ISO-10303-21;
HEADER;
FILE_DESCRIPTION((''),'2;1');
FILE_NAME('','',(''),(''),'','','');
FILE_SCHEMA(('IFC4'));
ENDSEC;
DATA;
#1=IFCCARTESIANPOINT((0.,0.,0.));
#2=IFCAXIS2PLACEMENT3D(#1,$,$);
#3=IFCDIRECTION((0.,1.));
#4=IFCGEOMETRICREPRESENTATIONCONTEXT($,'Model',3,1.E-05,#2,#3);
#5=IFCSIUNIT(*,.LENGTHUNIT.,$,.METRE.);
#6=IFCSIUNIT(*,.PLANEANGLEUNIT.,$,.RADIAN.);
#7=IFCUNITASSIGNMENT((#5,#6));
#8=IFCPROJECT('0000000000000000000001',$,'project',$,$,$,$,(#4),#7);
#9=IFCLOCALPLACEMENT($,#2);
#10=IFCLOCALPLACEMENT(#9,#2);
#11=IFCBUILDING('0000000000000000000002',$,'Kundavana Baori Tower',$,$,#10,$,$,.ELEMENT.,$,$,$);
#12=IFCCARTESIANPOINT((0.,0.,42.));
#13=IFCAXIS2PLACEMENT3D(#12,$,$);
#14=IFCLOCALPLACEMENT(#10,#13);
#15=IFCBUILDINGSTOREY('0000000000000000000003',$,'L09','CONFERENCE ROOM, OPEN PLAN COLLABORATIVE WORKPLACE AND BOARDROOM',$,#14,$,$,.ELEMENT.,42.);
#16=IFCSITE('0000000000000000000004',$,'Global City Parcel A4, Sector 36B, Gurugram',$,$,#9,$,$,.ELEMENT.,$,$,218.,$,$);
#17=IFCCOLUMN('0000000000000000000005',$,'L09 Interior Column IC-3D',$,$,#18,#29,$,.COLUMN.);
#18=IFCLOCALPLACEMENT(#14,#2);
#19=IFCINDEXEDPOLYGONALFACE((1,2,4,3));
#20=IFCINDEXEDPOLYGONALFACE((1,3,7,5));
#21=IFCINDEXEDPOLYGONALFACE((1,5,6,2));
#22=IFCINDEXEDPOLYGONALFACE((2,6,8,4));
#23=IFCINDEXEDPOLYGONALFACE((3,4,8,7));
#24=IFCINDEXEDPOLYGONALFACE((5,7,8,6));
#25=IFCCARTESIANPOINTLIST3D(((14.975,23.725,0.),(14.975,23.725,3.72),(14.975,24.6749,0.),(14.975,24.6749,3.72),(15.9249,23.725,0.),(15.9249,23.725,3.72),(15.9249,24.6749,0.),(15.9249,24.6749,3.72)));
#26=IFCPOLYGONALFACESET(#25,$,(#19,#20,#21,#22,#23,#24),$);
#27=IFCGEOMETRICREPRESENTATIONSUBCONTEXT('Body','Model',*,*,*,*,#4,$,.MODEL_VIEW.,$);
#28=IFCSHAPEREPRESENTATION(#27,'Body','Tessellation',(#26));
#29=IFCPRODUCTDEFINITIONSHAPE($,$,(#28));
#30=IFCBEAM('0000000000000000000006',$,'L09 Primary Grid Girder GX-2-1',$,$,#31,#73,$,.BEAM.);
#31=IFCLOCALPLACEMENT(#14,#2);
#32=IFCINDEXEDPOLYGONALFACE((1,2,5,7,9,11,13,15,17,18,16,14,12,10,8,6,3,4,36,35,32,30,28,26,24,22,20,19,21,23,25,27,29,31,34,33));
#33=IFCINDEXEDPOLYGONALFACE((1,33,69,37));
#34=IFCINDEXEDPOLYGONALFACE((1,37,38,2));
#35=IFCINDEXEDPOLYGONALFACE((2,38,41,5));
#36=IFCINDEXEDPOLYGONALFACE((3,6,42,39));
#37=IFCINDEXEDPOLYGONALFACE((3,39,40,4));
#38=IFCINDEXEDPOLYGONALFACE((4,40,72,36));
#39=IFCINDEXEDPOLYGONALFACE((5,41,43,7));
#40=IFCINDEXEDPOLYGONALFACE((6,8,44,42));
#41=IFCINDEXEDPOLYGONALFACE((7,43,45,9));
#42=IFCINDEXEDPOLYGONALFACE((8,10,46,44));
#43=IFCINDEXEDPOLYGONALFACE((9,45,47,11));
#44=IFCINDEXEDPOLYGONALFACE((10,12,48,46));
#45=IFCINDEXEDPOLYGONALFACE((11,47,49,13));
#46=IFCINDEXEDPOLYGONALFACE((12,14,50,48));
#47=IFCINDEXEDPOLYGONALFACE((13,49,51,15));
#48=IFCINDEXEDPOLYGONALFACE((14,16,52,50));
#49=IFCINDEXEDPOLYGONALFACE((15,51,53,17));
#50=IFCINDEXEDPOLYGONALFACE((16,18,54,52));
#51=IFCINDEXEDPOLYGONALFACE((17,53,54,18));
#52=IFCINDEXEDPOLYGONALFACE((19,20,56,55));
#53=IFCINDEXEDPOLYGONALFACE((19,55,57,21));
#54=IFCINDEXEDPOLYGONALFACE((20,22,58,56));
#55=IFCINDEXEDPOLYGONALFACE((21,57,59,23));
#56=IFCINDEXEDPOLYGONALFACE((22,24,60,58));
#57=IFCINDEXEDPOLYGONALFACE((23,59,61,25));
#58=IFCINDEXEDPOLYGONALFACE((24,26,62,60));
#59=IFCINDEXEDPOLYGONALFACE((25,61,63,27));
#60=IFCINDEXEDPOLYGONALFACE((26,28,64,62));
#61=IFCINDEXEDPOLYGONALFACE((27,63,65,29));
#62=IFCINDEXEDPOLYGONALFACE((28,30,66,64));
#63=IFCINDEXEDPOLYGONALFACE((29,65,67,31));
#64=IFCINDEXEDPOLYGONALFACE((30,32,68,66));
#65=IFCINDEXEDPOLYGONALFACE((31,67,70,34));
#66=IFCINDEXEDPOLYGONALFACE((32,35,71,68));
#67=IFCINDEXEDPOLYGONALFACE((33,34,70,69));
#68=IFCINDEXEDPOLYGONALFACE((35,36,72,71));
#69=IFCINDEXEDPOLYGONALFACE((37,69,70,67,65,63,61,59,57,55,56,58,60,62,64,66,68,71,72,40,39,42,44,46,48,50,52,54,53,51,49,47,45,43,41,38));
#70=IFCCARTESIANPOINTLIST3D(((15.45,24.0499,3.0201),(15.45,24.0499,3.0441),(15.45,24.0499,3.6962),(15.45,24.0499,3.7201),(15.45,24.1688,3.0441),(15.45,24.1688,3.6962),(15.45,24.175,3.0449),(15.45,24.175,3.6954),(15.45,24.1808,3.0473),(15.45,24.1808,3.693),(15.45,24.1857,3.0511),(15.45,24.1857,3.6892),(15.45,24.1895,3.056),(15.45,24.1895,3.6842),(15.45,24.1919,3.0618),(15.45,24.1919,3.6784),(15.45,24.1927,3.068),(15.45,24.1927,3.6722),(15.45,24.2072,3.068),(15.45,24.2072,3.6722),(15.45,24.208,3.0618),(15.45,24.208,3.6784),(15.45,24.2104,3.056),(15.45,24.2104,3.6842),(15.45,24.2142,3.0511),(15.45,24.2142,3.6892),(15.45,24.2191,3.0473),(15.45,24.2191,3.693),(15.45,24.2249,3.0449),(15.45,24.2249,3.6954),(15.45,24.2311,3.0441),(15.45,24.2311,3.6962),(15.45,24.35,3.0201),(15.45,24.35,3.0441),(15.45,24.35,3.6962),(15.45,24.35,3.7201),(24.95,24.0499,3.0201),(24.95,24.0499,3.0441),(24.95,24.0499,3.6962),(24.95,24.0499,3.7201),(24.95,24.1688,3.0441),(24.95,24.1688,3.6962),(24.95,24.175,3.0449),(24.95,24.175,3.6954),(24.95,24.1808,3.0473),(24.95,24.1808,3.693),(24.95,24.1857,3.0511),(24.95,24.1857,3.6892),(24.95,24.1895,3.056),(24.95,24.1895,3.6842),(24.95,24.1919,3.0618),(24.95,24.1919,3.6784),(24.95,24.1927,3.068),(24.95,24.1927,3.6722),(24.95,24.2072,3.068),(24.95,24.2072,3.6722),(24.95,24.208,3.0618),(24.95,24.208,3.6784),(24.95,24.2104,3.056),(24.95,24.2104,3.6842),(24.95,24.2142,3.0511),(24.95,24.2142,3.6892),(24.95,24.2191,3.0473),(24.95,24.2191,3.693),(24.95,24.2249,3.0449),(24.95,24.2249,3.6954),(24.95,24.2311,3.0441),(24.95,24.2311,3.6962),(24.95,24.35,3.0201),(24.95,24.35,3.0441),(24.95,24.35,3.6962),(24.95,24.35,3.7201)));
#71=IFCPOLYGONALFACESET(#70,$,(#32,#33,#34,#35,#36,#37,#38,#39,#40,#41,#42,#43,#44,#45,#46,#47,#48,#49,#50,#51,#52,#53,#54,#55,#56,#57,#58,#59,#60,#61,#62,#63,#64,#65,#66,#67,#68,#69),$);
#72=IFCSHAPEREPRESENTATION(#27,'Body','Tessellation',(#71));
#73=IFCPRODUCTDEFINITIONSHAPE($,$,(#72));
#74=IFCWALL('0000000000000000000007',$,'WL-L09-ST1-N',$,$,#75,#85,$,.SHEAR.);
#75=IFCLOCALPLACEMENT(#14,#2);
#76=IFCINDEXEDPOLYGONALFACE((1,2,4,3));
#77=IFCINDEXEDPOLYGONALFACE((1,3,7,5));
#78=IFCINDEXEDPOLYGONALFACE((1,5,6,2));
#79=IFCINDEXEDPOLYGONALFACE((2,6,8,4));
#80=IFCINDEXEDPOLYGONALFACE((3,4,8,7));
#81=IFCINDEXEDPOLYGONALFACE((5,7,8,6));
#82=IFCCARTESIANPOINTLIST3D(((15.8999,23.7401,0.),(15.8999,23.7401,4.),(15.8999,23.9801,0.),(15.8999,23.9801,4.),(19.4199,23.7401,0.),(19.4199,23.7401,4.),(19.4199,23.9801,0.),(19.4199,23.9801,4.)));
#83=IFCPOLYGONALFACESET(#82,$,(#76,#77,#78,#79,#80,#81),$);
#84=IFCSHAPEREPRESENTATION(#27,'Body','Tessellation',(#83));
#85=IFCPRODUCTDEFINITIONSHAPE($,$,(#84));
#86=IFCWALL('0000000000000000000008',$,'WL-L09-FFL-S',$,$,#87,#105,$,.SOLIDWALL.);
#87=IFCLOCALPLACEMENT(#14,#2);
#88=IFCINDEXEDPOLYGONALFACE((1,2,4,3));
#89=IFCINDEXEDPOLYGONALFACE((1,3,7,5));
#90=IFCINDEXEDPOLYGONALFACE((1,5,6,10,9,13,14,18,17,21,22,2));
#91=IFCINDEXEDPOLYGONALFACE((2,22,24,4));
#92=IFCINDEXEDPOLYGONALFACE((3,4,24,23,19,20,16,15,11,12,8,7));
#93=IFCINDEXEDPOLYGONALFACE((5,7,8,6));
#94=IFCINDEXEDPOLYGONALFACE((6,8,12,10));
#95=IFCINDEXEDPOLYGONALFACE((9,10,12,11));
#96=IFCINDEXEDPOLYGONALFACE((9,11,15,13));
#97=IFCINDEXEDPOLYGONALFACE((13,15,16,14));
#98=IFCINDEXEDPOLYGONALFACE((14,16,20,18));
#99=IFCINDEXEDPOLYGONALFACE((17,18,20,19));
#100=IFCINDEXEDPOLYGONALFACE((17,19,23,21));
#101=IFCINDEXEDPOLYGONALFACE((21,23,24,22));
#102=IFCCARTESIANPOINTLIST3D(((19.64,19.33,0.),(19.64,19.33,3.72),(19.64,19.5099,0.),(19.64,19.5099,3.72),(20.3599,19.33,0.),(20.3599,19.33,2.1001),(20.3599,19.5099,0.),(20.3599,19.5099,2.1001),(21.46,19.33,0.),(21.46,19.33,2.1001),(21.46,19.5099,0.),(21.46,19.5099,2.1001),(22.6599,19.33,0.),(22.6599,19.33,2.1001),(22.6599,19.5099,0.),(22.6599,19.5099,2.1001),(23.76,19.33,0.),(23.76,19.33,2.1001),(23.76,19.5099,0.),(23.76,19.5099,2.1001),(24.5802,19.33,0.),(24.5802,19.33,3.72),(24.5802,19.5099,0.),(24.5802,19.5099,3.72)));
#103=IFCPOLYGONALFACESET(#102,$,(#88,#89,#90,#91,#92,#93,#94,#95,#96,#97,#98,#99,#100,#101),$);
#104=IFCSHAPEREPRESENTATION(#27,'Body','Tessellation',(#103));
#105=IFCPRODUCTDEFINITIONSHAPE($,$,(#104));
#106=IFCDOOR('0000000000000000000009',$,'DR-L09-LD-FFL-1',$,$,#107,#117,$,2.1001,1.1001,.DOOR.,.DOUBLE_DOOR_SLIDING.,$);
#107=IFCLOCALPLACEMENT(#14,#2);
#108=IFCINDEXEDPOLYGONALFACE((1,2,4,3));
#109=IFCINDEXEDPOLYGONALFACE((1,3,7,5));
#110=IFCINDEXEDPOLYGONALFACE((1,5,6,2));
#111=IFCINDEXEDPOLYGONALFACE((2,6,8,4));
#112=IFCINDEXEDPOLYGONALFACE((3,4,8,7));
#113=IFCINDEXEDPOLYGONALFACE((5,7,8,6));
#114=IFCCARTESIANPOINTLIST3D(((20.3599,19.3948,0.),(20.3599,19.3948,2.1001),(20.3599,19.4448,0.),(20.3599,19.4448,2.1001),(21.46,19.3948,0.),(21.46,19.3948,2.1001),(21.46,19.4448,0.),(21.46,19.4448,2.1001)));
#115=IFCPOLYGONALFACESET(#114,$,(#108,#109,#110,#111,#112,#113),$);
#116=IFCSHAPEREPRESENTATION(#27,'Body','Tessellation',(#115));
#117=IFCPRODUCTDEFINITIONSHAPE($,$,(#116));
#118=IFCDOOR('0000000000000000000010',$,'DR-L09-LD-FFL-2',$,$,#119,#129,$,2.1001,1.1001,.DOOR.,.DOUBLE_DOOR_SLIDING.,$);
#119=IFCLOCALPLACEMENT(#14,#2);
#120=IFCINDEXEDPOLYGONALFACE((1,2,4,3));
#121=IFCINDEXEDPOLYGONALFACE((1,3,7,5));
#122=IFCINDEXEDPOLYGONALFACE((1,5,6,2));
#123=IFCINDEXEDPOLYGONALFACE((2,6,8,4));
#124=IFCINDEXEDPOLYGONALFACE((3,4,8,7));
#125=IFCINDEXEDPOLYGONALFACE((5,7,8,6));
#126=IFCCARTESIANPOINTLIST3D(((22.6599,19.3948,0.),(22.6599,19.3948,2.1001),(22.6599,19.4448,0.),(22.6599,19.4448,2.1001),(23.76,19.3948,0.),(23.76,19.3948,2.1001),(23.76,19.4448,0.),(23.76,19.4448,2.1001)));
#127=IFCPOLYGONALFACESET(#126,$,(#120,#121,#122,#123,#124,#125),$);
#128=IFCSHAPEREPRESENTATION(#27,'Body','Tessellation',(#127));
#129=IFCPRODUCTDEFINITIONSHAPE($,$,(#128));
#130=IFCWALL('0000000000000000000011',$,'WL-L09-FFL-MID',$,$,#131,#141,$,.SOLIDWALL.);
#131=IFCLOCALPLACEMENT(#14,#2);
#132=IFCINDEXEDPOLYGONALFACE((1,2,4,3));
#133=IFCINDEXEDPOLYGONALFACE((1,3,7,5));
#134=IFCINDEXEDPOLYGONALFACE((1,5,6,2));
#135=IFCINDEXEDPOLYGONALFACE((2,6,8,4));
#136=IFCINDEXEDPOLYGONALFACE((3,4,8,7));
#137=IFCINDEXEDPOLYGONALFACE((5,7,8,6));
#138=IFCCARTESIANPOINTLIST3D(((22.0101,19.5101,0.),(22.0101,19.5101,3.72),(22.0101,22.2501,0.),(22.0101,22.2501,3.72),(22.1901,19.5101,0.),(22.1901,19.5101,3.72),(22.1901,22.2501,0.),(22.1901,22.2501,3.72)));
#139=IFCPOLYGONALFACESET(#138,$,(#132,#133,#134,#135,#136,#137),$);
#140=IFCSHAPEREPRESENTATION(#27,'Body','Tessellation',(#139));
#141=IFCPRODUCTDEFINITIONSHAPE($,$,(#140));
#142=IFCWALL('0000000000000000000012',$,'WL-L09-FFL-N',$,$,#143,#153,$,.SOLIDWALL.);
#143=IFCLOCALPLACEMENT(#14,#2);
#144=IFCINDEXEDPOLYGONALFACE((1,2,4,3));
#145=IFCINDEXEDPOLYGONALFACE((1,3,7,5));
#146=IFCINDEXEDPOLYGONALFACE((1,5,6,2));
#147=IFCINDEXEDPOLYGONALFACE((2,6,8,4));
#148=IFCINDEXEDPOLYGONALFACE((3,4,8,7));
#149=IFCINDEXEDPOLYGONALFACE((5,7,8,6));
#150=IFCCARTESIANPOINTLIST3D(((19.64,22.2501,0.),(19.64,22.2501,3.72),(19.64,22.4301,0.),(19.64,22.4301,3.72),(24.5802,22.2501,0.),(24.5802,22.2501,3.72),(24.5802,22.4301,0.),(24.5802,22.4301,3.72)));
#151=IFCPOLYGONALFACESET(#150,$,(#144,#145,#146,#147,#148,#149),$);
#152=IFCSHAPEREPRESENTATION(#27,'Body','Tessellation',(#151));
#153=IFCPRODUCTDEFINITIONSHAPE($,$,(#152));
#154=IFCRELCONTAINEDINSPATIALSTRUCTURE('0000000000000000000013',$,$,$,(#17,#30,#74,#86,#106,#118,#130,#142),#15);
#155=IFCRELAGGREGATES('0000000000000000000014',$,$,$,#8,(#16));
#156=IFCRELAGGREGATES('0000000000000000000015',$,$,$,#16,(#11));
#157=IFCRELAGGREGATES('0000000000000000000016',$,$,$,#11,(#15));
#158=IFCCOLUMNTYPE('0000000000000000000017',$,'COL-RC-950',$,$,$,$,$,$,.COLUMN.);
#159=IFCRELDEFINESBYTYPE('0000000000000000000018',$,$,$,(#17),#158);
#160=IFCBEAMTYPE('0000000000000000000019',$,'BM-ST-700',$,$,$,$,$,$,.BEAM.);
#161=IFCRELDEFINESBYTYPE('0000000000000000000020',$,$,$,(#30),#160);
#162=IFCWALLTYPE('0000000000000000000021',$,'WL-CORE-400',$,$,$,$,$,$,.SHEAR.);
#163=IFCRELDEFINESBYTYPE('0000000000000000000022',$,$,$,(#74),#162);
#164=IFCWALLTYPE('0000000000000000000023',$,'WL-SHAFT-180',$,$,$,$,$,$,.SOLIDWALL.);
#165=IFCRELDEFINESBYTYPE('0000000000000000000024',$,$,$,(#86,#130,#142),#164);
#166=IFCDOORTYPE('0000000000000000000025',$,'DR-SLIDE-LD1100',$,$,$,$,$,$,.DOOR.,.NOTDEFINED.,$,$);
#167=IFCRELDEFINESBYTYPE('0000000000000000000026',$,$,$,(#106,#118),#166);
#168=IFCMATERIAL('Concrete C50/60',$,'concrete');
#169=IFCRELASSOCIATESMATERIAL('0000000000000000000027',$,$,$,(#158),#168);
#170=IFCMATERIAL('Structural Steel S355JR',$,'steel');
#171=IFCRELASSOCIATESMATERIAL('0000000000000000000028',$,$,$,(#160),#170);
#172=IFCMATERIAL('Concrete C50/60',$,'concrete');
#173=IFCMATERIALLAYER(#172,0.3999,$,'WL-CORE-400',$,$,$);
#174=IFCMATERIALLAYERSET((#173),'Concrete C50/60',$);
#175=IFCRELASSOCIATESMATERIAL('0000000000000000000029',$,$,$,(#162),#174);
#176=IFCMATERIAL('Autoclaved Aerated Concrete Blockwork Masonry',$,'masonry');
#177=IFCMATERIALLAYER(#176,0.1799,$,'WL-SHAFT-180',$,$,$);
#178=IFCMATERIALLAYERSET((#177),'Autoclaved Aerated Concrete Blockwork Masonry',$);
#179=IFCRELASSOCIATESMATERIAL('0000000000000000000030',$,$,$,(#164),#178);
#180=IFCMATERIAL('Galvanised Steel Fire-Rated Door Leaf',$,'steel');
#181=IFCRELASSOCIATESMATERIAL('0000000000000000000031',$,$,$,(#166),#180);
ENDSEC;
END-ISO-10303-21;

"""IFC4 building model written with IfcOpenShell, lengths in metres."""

from ifc_helpers import new_model, si_unit, direction, frame, frame_2d, origin, origin_2d, place, context, subcontext, project, spatial, rectangle, i_section, extrude, material, layer, layer_set, material_profile, profile_set, type_object, element, fill, save


model = new_model("IFC4")

# Units and contexts
model_context = context("Model", 3, precision=1e-05, world=origin(), true_north=direction((0.0, 1.0)))
body_context = subcontext(model_context, "Body", "Model", "MODEL_VIEW")
ifc_project = project(units=[si_unit("LENGTHUNIT", "METRE"), si_unit("PLANEANGLEUNIT", "RADIAN")], contexts=[model_context])

# Site, building, storey
site_placement = place(None, origin())
site = spatial("IfcSite", under=ifc_project, at=site_placement, Name="Global City Parcel A4, Sector 36B, Gurugram", CompositionType="ELEMENT", RefElevation=218.0)
building_placement = place(site_placement, origin())
building = spatial("IfcBuilding", under=site, at=building_placement, Name="Kundavana Baori Tower", CompositionType="ELEMENT")
storey_placement = place(building_placement, frame((0.0, 0.0, 42.0)))
storey = spatial("IfcBuildingStorey", under=building, at=storey_placement, Name="L09", Description="CONFERENCE ROOM, OPEN PLAN COLLABORATIVE WORKPLACE AND BOARDROOM", CompositionType="ELEMENT", Elevation=42.0)

# Column
ifc_material_1 = material(Name="Concrete C50/60", Category="concrete")
ifc_material_profile_1 = material_profile(ifc_material_1, rectangle(XDim=0.95, YDim=0.95, at=origin_2d()), Name="RC 950x950")
ifc_profile_set_1 = profile_set([ifc_material_profile_1], Name="Concrete C50/60")
column_type = type_object("IfcColumnType", Name="COL-RC-950", PredefinedType="COLUMN", material=ifc_profile_set_1)
column_placement = place(storey_placement, frame((15.45, 24.2, 0.0), z_axis=(0.0, 0.0, 1.0), x_axis=(1.0, 0.0, 0.0)))
element("IfcColumn", 1, at=column_placement, inside=storey, type_object=column_type, Name="L09 Interior Column IC-3D", PredefinedType="COLUMN", context=body_context, shape_type="SweptSolid", body=[
    extrude(rectangle(XDim=0.95, YDim=0.95, at=origin_2d()), origin(), (0.0, 0.0, 1.0), 3.72),
])

# Beam
ifc_material_2 = material(Name="Structural Steel S355JR", Category="steel")
ifc_material_profile_2 = material_profile(ifc_material_2, i_section(OverallWidth=0.3, OverallDepth=0.7, WebThickness=0.0144, FlangeThickness=0.0239, FilletRadius=0.0239, at=origin_2d()), Name="NPB 700x300x170")
ifc_profile_set_2 = profile_set([ifc_material_profile_2], Name="Structural Steel S355JR")
beam_type = type_object("IfcBeamType", Name="BM-ST-700", PredefinedType="BEAM", material=ifc_profile_set_2)
beam_placement = place(storey_placement, frame((15.45, 24.2, 3.3701), z_axis=(1.0, 0.0, 0.0), x_axis=(0.0, 1.0, 0.0)))
element("IfcBeam", 2, at=beam_placement, inside=storey, type_object=beam_type, Name="L09 Primary Grid Girder GX-2-1", PredefinedType="BEAM", context=body_context, shape_type="SweptSolid", body=[
    extrude(i_section(OverallWidth=0.3, OverallDepth=0.7, WebThickness=0.0144, FlangeThickness=0.0239, FilletRadius=0.0239, at=origin_2d()), origin(), (0.0, 0.0, 1.0), 9.5),
])

# Wall
ifc_material_3 = material(Name="Concrete C50/60", Category="concrete")
ifc_layer_1 = layer(ifc_material_3, 0.3999, Name="WL-CORE-400")
ifc_layer_set_1 = layer_set([ifc_layer_1], Name="Concrete C50/60")
wall_type_1 = type_object("IfcWallType", Name="WL-CORE-400", PredefinedType="SHEAR", material=ifc_layer_set_1)
wall_1_placement = place(storey_placement, frame((15.8999, 23.8601, 0.0), z_axis=(0.0, 0.0, 1.0), x_axis=(1.0, 0.0, 0.0)))
element("IfcWall", 3, at=wall_1_placement, inside=storey, type_object=wall_type_1, Name="WL-L09-ST1-N", PredefinedType="SHEAR", context=body_context, shape_type="SweptSolid", body=[
    extrude(rectangle(XDim=3.52, YDim=0.24, at=frame_2d((1.76, 0.0))), origin(), (0.0, 0.0, 1.0), 4.0),
])

# Wall, openings, doors
ifc_material_4 = material(Name="Autoclaved Aerated Concrete Blockwork Masonry", Category="masonry")
ifc_layer_2 = layer(ifc_material_4, 0.1799, Name="WL-SHAFT-180")
ifc_layer_set_2 = layer_set([ifc_layer_2], Name="Autoclaved Aerated Concrete Blockwork Masonry")
wall_type_2 = type_object("IfcWallType", Name="WL-SHAFT-180", PredefinedType="SOLIDWALL", material=ifc_layer_set_2)
wall_2_placement = place(storey_placement, frame((19.6399, 19.4199, 0.0), z_axis=(0.0, 0.0, 1.0), x_axis=(1.0, 0.0, 0.0)))
wall_2 = element("IfcWall", 4, at=wall_2_placement, inside=storey, type_object=wall_type_2, Name="WL-L09-FFL-S", PredefinedType="SOLIDWALL", context=body_context, shape_type="SweptSolid", body=[
    extrude(rectangle(XDim=4.9402, YDim=0.1799, at=frame_2d((2.4702, 0.0))), origin(), (0.0, 0.0, 1.0), 3.72),
])
opening_1_placement = place(wall_2_placement, frame((0.72, 0.0, 0.0)))
opening_1 = element("IfcOpeningElement", 5, at=opening_1_placement, cuts=wall_2, PredefinedType="OPENING", context=body_context, shape_type="SweptSolid", body=[
    extrude(rectangle(XDim=1.1001, YDim=2.1001, at=frame_2d((0.55, 1.05))), frame((0.0, 0.1001, 0.0), z_axis=(0.0, -1.0, 0.0), x_axis=(1.0, 0.0, 0.0)), (0.0, 0.0, 1.0), 0.2),
])
opening_2_placement = place(wall_2_placement, frame((3.02, 0.0, 0.0)))
opening_2 = element("IfcOpeningElement", 6, at=opening_2_placement, cuts=wall_2, PredefinedType="OPENING", context=body_context, shape_type="SweptSolid", body=[
    extrude(rectangle(XDim=1.1001, YDim=2.1001, at=frame_2d((0.55, 1.05))), frame((0.0, 0.1001, 0.0), z_axis=(0.0, -1.0, 0.0), x_axis=(1.0, 0.0, 0.0)), (0.0, 0.0, 1.0), 0.2),
])
ifc_material_5 = material(Name="Galvanised Steel Fire-Rated Door Leaf", Category="steel")
door_type = type_object("IfcDoorType", Name="DR-SLIDE-LD1100", OperationType="NOTDEFINED", PredefinedType="DOOR", material=ifc_material_5)
door_1_placement = place(opening_1_placement, origin())
door_1 = element("IfcDoor", 7, at=door_1_placement, inside=storey, type_object=door_type, Name="DR-L09-LD-FFL-1", OperationType="DOUBLE_DOOR_SLIDING", OverallHeight=2.1001, OverallWidth=1.1001, PredefinedType="DOOR", context=body_context, shape_type="SweptSolid", body=[
    extrude(rectangle(XDim=1.1001, YDim=2.1001, at=frame_2d((0.55, 1.05))), frame((0.0, 0.0249, 0.0), z_axis=(0.0, -1.0, 0.0), x_axis=(1.0, 0.0, 0.0)), (0.0, 0.0, 1.0), 0.05),
])
fill(opening_1, door_1)
door_2_placement = place(opening_2_placement, origin())
door_2 = element("IfcDoor", 8, at=door_2_placement, inside=storey, type_object=door_type, Name="DR-L09-LD-FFL-2", OperationType="DOUBLE_DOOR_SLIDING", OverallHeight=2.1001, OverallWidth=1.1001, PredefinedType="DOOR", context=body_context, shape_type="SweptSolid", body=[
    extrude(rectangle(XDim=1.1001, YDim=2.1001, at=frame_2d((0.55, 1.05))), frame((0.0, 0.0249, 0.0), z_axis=(0.0, -1.0, 0.0), x_axis=(1.0, 0.0, 0.0)), (0.0, 0.0, 1.0), 0.05),
])
fill(opening_2, door_2)

# Walls
wall_3_placement = place(storey_placement, frame((22.1001, 19.51, 0.0), z_axis=(0.0, 0.0, 1.0), x_axis=(0.0, 1.0, 0.0)))
element("IfcWall", 9, at=wall_3_placement, inside=storey, type_object=wall_type_2, Name="WL-L09-FFL-MID", PredefinedType="SOLIDWALL", context=body_context, shape_type="SweptSolid", body=[
    extrude(rectangle(XDim=2.74, YDim=0.1799, at=frame_2d((1.3701, 0.0))), origin(), (0.0, 0.0, 1.0), 3.72),
])
wall_4_placement = place(storey_placement, frame((19.6399, 22.3401, 0.0), z_axis=(0.0, 0.0, 1.0), x_axis=(1.0, 0.0, 0.0)))
element("IfcWall", 10, at=wall_4_placement, inside=storey, type_object=wall_type_2, Name="WL-L09-FFL-N", PredefinedType="SOLIDWALL", context=body_context, shape_type="SweptSolid", body=[
    extrude(rectangle(XDim=4.9402, YDim=0.1799, at=frame_2d((2.4702, 0.0))), origin(), (0.0, 0.0, 1.0), 3.72),
])

save(model, "model.ifc")
